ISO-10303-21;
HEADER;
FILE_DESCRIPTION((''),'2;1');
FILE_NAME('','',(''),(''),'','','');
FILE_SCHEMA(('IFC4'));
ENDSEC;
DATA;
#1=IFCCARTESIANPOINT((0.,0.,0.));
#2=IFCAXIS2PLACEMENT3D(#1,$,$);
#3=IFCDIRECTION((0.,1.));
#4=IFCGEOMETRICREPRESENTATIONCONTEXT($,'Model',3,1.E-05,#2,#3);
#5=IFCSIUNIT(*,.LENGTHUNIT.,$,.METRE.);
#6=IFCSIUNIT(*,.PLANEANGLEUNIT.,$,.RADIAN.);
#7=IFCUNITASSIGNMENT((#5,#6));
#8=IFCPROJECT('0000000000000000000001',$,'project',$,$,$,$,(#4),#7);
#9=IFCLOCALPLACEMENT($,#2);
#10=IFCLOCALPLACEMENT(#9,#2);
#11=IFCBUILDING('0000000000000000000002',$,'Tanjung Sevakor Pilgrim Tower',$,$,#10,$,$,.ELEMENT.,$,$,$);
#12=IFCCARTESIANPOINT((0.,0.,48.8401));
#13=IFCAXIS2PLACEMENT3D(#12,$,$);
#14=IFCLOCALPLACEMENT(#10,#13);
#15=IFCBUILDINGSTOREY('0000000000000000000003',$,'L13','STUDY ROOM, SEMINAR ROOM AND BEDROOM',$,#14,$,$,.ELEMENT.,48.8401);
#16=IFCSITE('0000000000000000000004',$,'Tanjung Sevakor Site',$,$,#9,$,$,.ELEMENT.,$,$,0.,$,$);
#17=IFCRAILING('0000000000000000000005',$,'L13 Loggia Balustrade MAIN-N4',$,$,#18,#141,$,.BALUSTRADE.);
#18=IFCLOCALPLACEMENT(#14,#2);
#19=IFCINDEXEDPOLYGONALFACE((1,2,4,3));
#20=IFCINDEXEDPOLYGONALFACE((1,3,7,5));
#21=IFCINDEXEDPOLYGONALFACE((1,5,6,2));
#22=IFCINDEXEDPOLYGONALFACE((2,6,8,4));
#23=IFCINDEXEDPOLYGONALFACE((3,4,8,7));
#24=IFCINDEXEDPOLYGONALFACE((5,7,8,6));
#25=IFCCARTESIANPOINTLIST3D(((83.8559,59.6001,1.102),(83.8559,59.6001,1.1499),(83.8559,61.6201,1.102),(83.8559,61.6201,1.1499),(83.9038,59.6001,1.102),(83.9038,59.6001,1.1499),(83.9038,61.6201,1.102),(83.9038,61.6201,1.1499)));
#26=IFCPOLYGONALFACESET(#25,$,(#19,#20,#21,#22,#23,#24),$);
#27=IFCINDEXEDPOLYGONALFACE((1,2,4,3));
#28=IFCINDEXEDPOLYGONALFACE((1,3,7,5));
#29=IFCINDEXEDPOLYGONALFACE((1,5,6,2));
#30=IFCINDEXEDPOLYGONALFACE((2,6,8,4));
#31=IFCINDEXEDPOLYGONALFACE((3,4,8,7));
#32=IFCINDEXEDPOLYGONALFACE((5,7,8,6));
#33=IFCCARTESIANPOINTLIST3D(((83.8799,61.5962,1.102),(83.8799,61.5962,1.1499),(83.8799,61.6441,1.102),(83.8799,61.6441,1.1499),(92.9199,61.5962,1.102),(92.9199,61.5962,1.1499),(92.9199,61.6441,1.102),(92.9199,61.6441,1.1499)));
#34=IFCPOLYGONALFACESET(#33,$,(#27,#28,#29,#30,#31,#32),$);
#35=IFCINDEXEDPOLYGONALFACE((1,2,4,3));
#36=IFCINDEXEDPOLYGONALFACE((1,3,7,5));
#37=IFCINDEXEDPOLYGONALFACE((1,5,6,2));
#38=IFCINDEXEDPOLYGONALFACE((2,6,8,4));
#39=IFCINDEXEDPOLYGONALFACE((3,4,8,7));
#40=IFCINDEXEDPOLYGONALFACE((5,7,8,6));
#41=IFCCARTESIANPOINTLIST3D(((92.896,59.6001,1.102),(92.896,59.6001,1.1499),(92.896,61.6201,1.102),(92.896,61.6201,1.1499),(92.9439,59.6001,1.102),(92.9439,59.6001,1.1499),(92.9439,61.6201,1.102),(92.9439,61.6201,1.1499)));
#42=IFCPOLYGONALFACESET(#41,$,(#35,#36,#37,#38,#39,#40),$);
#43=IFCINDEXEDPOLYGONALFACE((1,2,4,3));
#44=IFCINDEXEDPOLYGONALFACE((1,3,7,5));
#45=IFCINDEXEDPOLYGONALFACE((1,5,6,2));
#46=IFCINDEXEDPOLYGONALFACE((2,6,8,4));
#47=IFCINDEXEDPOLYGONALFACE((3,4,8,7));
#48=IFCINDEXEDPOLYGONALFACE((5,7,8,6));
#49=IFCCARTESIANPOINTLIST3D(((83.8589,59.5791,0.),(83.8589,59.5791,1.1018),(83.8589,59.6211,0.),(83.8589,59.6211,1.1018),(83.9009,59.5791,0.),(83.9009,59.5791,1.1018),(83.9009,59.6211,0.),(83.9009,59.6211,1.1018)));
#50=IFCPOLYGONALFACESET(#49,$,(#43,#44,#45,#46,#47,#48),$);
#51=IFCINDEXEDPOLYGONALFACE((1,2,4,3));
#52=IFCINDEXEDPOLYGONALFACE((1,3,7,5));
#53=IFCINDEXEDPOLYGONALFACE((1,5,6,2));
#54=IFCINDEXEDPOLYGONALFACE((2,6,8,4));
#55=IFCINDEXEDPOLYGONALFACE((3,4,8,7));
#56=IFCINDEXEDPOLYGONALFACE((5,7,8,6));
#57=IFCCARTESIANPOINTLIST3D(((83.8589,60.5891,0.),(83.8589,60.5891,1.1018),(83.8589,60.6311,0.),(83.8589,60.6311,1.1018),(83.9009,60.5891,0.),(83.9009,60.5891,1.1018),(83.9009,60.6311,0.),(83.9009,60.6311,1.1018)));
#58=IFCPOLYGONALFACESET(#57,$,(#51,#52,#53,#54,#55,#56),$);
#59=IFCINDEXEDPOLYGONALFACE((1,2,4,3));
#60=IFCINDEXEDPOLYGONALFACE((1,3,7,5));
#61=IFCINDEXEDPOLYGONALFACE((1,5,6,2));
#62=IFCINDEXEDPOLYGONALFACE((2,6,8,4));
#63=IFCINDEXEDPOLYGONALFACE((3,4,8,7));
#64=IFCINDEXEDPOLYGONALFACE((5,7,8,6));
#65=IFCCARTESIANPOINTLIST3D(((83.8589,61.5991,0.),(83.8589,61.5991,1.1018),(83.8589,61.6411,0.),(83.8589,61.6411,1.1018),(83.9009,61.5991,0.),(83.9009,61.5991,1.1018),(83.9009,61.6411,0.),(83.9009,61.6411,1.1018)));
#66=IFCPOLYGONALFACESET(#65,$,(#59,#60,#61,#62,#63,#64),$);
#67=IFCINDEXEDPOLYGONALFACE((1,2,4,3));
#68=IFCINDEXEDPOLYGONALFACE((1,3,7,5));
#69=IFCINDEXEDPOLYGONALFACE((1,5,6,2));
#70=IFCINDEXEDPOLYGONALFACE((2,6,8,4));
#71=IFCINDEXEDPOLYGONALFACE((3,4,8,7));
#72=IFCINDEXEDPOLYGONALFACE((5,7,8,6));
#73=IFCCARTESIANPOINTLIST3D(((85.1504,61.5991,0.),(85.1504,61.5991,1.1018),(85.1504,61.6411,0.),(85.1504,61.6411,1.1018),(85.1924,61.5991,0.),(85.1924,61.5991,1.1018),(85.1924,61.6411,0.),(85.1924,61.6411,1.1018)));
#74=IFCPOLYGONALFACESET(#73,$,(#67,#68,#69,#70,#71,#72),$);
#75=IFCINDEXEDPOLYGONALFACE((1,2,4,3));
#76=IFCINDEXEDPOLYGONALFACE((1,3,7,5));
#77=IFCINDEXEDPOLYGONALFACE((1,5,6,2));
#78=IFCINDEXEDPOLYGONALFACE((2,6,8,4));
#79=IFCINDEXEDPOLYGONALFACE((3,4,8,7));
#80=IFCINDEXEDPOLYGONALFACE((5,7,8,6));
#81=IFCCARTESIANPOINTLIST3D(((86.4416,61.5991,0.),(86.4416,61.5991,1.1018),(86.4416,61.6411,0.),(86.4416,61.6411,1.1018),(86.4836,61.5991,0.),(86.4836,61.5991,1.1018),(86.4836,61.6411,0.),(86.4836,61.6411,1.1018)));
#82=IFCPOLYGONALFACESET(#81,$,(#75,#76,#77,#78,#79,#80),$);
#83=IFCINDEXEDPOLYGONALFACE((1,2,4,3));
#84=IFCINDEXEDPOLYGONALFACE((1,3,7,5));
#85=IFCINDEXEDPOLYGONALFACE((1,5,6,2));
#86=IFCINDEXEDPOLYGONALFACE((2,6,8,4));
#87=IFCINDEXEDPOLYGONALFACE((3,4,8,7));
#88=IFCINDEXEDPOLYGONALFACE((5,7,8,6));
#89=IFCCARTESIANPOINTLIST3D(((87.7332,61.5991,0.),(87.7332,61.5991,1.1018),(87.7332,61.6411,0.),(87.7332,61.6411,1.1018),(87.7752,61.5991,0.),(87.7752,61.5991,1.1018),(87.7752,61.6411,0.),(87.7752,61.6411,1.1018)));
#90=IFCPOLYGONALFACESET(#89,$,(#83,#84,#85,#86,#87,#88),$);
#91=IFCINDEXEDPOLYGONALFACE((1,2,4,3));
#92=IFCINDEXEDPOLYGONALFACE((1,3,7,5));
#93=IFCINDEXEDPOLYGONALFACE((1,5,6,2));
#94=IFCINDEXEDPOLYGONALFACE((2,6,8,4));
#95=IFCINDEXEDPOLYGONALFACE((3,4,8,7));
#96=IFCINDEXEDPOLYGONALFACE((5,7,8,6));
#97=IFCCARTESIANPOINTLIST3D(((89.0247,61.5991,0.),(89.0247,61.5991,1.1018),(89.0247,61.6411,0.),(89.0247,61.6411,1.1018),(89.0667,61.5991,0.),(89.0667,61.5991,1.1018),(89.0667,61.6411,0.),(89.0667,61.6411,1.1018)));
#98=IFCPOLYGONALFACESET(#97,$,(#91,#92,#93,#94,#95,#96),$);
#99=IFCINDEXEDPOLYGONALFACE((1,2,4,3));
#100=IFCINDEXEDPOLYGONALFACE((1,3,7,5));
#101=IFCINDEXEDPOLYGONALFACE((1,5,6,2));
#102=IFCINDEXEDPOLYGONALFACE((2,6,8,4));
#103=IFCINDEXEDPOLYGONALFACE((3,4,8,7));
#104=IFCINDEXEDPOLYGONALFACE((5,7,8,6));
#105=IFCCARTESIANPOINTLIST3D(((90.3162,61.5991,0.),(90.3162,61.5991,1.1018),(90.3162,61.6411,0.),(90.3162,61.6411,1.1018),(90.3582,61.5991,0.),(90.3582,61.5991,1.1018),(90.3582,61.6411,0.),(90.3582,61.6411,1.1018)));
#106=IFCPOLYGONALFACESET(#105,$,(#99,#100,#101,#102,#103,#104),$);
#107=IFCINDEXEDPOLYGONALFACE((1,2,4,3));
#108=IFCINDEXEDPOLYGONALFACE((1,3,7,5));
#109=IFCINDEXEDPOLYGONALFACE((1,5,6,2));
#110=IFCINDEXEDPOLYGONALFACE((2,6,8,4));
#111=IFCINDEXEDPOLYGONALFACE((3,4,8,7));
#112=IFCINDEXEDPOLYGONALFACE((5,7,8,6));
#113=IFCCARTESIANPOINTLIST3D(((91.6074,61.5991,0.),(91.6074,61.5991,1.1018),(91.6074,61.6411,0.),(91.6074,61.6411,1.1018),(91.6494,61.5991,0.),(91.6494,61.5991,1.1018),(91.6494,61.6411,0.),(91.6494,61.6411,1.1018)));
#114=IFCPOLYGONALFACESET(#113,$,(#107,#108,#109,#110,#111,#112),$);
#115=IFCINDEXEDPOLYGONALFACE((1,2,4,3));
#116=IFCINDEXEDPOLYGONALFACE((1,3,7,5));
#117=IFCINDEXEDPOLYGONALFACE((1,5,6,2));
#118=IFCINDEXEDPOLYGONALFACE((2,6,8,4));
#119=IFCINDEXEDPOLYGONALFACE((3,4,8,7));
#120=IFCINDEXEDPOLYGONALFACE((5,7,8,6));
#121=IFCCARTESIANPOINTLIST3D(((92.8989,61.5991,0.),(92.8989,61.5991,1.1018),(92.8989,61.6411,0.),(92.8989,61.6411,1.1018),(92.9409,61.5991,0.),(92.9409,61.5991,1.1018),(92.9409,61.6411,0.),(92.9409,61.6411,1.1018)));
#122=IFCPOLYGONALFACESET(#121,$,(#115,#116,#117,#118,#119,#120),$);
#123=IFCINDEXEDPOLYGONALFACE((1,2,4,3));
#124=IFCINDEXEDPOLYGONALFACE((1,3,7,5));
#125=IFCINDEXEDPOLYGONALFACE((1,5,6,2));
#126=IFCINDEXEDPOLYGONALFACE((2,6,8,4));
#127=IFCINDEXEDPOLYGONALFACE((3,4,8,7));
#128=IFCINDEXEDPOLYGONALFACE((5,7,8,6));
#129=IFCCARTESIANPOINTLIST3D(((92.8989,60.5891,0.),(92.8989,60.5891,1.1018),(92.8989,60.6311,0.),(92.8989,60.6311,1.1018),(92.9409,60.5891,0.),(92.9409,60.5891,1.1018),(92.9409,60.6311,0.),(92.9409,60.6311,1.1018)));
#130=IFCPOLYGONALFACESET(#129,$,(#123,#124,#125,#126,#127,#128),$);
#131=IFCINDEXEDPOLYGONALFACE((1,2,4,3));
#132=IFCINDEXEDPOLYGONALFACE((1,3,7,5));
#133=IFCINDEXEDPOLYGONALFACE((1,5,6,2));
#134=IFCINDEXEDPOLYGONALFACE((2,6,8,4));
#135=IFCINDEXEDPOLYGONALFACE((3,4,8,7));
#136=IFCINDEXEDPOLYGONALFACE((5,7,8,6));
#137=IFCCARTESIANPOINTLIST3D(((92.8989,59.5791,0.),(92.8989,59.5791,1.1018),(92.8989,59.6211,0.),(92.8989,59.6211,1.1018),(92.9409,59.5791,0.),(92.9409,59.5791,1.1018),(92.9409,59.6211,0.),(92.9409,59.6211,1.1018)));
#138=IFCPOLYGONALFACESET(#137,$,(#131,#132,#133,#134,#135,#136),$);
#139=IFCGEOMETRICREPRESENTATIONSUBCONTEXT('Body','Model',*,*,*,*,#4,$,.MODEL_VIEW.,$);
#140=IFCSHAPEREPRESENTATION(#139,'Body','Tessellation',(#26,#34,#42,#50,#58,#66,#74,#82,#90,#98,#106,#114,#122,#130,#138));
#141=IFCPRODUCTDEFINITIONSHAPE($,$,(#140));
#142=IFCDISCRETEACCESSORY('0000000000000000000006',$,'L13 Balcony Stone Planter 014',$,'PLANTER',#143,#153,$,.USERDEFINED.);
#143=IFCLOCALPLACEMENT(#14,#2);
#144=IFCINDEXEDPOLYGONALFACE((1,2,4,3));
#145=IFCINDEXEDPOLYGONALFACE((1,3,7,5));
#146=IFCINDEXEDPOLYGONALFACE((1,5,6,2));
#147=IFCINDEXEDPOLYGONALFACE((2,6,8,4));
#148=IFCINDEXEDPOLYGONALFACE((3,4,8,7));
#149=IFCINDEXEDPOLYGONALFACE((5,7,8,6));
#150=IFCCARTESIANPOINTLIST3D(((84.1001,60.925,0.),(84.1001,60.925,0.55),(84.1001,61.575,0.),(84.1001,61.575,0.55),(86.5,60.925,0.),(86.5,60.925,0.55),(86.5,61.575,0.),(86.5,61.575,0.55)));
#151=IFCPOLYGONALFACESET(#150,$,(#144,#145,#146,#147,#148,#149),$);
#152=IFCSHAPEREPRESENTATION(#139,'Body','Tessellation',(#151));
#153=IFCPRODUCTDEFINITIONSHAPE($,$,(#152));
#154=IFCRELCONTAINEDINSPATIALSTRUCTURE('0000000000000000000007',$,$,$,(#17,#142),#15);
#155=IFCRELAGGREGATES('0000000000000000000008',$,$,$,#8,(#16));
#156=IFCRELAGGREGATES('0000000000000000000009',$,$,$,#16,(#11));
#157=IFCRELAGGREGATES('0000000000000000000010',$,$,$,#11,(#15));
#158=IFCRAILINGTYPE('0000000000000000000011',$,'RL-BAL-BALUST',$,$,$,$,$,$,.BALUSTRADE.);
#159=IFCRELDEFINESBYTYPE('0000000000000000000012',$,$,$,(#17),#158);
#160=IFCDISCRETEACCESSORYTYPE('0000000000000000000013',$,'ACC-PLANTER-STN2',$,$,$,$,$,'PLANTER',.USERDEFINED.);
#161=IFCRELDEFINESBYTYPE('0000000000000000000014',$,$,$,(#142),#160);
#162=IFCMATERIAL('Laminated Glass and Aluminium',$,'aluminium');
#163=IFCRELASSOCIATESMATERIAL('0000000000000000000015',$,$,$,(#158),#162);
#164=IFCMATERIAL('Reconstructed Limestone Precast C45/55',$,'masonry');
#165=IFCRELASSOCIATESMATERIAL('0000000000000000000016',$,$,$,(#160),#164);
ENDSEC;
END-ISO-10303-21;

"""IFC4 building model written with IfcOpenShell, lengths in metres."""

from ifc_helpers import new_model, si_unit, direction, frame, origin, origin_2d, place, context, subcontext, project, spatial, rectangle, extrude, material, type_object, element, save


model = new_model("IFC4")

# Units and contexts
model_context = context("Model", 3, precision=1e-05, world=origin(), true_north=direction((0.0, 1.0)))
body_context = subcontext(model_context, "Body", "Model", "MODEL_VIEW")
ifc_project = project(units=[si_unit("LENGTHUNIT", "METRE"), si_unit("PLANEANGLEUNIT", "RADIAN")], contexts=[model_context])

# Site, building, storey
site_placement = place(None, origin())
site = spatial("IfcSite", under=ifc_project, at=site_placement, Name="Tanjung Sevakor Site", CompositionType="ELEMENT", RefElevation=0.0)
building_placement = place(site_placement, origin())
building = spatial("IfcBuilding", under=site, at=building_placement, Name="Tanjung Sevakor Pilgrim Tower", CompositionType="ELEMENT")
storey_placement = place(building_placement, frame((0.0, 0.0, 48.8401)))
storey = spatial("IfcBuildingStorey", under=building, at=storey_placement, Name="L13", Description="STUDY ROOM, SEMINAR ROOM AND BEDROOM", CompositionType="ELEMENT", Elevation=48.8401)

# Railing
ifc_material_1 = material(Name="Laminated Glass and Aluminium", Category="aluminium")
railing_type = type_object("IfcRailingType", Name="RL-BAL-BALUST", PredefinedType="BALUSTRADE", material=ifc_material_1)
railing_placement = place(storey_placement, frame((83.8799, 59.6001, 0.0)))
element("IfcRailing", 1, at=railing_placement, inside=storey, type_object=railing_type, Name="L13 Loggia Balustrade MAIN-N4", PredefinedType="BALUSTRADE", context=body_context, shape_type="SweptSolid", body=[
    extrude(rectangle(XDim=0.0479, YDim=0.0479), frame((0.0, 0.0, 1.126), z_axis=(0.0, 1.0, 0.0), x_axis=(-1.0, 0.0, 0.0)), (0.0, 0.0, 1.0), 2.02),
    extrude(rectangle(XDim=0.0479, YDim=0.0479), frame((0.0, 2.02, 1.126), z_axis=(1.0, 0.0, 0.0), x_axis=(0.0, 1.0, 0.0)), (0.0, 0.0, 1.0), 9.04),
    extrude(rectangle(XDim=0.0479, YDim=0.0479), frame((9.04, 2.02, 1.126), z_axis=(0.0, -1.0, 0.0), x_axis=(1.0, 0.0, 0.0)), (0.0, 0.0, 1.0), 2.02),
    extrude(rectangle(XDim=0.042, YDim=0.042), origin(), (0.0, 0.0, 1.0), 1.1018),
    extrude(rectangle(XDim=0.042, YDim=0.042), frame((0.0, 1.01, 0.0)), (0.0, 0.0, 1.0), 1.1018),
    extrude(rectangle(XDim=0.042, YDim=0.042), frame((0.0, 2.02, 0.0)), (0.0, 0.0, 1.0), 1.1018),
    extrude(rectangle(XDim=0.042, YDim=0.042), frame((1.2915, 2.02, 0.0)), (0.0, 0.0, 1.0), 1.1018),
    extrude(rectangle(XDim=0.042, YDim=0.042), frame((2.5828, 2.02, 0.0)), (0.0, 0.0, 1.0), 1.1018),
    extrude(rectangle(XDim=0.042, YDim=0.042), frame((3.8743, 2.02, 0.0)), (0.0, 0.0, 1.0), 1.1018),
    extrude(rectangle(XDim=0.042, YDim=0.042), frame((5.1658, 2.02, 0.0)), (0.0, 0.0, 1.0), 1.1018),
    extrude(rectangle(XDim=0.042, YDim=0.042), frame((6.4573, 2.02, 0.0)), (0.0, 0.0, 1.0), 1.1018),
    extrude(rectangle(XDim=0.042, YDim=0.042), frame((7.7485, 2.02, 0.0)), (0.0, 0.0, 1.0), 1.1018),
    extrude(rectangle(XDim=0.042, YDim=0.042), frame((9.04, 2.02, 0.0)), (0.0, 0.0, 1.0), 1.1018),
    extrude(rectangle(XDim=0.042, YDim=0.042), frame((9.04, 1.01, 0.0)), (0.0, 0.0, 1.0), 1.1018),
    extrude(rectangle(XDim=0.042, YDim=0.042), frame((9.04, 0.0, 0.0)), (0.0, 0.0, 1.0), 1.1018),
])

# Discrete accessory
ifc_material_2 = material(Name="Reconstructed Limestone Precast C45/55", Category="masonry")
discrete_accessory_type = type_object("IfcDiscreteAccessoryType", Name="ACC-PLANTER-STN2", ElementType="PLANTER", PredefinedType="USERDEFINED", material=ifc_material_2)
discrete_accessory_placement = place(storey_placement, frame((85.3, 61.25, 0.0), z_axis=(0.0, 0.0, 1.0), x_axis=(1.0, 0.0, 0.0)))
element("IfcDiscreteAccessory", 2, at=discrete_accessory_placement, inside=storey, type_object=discrete_accessory_type, Name="L13 Balcony Stone Planter 014", ObjectType="PLANTER", PredefinedType="USERDEFINED", context=body_context, shape_type="SweptSolid", body=[
    extrude(rectangle(XDim=2.3999, YDim=0.6499, at=origin_2d()), origin(), (0.0, 0.0, 1.0), 0.55),
])

save(model, "model.ifc")
